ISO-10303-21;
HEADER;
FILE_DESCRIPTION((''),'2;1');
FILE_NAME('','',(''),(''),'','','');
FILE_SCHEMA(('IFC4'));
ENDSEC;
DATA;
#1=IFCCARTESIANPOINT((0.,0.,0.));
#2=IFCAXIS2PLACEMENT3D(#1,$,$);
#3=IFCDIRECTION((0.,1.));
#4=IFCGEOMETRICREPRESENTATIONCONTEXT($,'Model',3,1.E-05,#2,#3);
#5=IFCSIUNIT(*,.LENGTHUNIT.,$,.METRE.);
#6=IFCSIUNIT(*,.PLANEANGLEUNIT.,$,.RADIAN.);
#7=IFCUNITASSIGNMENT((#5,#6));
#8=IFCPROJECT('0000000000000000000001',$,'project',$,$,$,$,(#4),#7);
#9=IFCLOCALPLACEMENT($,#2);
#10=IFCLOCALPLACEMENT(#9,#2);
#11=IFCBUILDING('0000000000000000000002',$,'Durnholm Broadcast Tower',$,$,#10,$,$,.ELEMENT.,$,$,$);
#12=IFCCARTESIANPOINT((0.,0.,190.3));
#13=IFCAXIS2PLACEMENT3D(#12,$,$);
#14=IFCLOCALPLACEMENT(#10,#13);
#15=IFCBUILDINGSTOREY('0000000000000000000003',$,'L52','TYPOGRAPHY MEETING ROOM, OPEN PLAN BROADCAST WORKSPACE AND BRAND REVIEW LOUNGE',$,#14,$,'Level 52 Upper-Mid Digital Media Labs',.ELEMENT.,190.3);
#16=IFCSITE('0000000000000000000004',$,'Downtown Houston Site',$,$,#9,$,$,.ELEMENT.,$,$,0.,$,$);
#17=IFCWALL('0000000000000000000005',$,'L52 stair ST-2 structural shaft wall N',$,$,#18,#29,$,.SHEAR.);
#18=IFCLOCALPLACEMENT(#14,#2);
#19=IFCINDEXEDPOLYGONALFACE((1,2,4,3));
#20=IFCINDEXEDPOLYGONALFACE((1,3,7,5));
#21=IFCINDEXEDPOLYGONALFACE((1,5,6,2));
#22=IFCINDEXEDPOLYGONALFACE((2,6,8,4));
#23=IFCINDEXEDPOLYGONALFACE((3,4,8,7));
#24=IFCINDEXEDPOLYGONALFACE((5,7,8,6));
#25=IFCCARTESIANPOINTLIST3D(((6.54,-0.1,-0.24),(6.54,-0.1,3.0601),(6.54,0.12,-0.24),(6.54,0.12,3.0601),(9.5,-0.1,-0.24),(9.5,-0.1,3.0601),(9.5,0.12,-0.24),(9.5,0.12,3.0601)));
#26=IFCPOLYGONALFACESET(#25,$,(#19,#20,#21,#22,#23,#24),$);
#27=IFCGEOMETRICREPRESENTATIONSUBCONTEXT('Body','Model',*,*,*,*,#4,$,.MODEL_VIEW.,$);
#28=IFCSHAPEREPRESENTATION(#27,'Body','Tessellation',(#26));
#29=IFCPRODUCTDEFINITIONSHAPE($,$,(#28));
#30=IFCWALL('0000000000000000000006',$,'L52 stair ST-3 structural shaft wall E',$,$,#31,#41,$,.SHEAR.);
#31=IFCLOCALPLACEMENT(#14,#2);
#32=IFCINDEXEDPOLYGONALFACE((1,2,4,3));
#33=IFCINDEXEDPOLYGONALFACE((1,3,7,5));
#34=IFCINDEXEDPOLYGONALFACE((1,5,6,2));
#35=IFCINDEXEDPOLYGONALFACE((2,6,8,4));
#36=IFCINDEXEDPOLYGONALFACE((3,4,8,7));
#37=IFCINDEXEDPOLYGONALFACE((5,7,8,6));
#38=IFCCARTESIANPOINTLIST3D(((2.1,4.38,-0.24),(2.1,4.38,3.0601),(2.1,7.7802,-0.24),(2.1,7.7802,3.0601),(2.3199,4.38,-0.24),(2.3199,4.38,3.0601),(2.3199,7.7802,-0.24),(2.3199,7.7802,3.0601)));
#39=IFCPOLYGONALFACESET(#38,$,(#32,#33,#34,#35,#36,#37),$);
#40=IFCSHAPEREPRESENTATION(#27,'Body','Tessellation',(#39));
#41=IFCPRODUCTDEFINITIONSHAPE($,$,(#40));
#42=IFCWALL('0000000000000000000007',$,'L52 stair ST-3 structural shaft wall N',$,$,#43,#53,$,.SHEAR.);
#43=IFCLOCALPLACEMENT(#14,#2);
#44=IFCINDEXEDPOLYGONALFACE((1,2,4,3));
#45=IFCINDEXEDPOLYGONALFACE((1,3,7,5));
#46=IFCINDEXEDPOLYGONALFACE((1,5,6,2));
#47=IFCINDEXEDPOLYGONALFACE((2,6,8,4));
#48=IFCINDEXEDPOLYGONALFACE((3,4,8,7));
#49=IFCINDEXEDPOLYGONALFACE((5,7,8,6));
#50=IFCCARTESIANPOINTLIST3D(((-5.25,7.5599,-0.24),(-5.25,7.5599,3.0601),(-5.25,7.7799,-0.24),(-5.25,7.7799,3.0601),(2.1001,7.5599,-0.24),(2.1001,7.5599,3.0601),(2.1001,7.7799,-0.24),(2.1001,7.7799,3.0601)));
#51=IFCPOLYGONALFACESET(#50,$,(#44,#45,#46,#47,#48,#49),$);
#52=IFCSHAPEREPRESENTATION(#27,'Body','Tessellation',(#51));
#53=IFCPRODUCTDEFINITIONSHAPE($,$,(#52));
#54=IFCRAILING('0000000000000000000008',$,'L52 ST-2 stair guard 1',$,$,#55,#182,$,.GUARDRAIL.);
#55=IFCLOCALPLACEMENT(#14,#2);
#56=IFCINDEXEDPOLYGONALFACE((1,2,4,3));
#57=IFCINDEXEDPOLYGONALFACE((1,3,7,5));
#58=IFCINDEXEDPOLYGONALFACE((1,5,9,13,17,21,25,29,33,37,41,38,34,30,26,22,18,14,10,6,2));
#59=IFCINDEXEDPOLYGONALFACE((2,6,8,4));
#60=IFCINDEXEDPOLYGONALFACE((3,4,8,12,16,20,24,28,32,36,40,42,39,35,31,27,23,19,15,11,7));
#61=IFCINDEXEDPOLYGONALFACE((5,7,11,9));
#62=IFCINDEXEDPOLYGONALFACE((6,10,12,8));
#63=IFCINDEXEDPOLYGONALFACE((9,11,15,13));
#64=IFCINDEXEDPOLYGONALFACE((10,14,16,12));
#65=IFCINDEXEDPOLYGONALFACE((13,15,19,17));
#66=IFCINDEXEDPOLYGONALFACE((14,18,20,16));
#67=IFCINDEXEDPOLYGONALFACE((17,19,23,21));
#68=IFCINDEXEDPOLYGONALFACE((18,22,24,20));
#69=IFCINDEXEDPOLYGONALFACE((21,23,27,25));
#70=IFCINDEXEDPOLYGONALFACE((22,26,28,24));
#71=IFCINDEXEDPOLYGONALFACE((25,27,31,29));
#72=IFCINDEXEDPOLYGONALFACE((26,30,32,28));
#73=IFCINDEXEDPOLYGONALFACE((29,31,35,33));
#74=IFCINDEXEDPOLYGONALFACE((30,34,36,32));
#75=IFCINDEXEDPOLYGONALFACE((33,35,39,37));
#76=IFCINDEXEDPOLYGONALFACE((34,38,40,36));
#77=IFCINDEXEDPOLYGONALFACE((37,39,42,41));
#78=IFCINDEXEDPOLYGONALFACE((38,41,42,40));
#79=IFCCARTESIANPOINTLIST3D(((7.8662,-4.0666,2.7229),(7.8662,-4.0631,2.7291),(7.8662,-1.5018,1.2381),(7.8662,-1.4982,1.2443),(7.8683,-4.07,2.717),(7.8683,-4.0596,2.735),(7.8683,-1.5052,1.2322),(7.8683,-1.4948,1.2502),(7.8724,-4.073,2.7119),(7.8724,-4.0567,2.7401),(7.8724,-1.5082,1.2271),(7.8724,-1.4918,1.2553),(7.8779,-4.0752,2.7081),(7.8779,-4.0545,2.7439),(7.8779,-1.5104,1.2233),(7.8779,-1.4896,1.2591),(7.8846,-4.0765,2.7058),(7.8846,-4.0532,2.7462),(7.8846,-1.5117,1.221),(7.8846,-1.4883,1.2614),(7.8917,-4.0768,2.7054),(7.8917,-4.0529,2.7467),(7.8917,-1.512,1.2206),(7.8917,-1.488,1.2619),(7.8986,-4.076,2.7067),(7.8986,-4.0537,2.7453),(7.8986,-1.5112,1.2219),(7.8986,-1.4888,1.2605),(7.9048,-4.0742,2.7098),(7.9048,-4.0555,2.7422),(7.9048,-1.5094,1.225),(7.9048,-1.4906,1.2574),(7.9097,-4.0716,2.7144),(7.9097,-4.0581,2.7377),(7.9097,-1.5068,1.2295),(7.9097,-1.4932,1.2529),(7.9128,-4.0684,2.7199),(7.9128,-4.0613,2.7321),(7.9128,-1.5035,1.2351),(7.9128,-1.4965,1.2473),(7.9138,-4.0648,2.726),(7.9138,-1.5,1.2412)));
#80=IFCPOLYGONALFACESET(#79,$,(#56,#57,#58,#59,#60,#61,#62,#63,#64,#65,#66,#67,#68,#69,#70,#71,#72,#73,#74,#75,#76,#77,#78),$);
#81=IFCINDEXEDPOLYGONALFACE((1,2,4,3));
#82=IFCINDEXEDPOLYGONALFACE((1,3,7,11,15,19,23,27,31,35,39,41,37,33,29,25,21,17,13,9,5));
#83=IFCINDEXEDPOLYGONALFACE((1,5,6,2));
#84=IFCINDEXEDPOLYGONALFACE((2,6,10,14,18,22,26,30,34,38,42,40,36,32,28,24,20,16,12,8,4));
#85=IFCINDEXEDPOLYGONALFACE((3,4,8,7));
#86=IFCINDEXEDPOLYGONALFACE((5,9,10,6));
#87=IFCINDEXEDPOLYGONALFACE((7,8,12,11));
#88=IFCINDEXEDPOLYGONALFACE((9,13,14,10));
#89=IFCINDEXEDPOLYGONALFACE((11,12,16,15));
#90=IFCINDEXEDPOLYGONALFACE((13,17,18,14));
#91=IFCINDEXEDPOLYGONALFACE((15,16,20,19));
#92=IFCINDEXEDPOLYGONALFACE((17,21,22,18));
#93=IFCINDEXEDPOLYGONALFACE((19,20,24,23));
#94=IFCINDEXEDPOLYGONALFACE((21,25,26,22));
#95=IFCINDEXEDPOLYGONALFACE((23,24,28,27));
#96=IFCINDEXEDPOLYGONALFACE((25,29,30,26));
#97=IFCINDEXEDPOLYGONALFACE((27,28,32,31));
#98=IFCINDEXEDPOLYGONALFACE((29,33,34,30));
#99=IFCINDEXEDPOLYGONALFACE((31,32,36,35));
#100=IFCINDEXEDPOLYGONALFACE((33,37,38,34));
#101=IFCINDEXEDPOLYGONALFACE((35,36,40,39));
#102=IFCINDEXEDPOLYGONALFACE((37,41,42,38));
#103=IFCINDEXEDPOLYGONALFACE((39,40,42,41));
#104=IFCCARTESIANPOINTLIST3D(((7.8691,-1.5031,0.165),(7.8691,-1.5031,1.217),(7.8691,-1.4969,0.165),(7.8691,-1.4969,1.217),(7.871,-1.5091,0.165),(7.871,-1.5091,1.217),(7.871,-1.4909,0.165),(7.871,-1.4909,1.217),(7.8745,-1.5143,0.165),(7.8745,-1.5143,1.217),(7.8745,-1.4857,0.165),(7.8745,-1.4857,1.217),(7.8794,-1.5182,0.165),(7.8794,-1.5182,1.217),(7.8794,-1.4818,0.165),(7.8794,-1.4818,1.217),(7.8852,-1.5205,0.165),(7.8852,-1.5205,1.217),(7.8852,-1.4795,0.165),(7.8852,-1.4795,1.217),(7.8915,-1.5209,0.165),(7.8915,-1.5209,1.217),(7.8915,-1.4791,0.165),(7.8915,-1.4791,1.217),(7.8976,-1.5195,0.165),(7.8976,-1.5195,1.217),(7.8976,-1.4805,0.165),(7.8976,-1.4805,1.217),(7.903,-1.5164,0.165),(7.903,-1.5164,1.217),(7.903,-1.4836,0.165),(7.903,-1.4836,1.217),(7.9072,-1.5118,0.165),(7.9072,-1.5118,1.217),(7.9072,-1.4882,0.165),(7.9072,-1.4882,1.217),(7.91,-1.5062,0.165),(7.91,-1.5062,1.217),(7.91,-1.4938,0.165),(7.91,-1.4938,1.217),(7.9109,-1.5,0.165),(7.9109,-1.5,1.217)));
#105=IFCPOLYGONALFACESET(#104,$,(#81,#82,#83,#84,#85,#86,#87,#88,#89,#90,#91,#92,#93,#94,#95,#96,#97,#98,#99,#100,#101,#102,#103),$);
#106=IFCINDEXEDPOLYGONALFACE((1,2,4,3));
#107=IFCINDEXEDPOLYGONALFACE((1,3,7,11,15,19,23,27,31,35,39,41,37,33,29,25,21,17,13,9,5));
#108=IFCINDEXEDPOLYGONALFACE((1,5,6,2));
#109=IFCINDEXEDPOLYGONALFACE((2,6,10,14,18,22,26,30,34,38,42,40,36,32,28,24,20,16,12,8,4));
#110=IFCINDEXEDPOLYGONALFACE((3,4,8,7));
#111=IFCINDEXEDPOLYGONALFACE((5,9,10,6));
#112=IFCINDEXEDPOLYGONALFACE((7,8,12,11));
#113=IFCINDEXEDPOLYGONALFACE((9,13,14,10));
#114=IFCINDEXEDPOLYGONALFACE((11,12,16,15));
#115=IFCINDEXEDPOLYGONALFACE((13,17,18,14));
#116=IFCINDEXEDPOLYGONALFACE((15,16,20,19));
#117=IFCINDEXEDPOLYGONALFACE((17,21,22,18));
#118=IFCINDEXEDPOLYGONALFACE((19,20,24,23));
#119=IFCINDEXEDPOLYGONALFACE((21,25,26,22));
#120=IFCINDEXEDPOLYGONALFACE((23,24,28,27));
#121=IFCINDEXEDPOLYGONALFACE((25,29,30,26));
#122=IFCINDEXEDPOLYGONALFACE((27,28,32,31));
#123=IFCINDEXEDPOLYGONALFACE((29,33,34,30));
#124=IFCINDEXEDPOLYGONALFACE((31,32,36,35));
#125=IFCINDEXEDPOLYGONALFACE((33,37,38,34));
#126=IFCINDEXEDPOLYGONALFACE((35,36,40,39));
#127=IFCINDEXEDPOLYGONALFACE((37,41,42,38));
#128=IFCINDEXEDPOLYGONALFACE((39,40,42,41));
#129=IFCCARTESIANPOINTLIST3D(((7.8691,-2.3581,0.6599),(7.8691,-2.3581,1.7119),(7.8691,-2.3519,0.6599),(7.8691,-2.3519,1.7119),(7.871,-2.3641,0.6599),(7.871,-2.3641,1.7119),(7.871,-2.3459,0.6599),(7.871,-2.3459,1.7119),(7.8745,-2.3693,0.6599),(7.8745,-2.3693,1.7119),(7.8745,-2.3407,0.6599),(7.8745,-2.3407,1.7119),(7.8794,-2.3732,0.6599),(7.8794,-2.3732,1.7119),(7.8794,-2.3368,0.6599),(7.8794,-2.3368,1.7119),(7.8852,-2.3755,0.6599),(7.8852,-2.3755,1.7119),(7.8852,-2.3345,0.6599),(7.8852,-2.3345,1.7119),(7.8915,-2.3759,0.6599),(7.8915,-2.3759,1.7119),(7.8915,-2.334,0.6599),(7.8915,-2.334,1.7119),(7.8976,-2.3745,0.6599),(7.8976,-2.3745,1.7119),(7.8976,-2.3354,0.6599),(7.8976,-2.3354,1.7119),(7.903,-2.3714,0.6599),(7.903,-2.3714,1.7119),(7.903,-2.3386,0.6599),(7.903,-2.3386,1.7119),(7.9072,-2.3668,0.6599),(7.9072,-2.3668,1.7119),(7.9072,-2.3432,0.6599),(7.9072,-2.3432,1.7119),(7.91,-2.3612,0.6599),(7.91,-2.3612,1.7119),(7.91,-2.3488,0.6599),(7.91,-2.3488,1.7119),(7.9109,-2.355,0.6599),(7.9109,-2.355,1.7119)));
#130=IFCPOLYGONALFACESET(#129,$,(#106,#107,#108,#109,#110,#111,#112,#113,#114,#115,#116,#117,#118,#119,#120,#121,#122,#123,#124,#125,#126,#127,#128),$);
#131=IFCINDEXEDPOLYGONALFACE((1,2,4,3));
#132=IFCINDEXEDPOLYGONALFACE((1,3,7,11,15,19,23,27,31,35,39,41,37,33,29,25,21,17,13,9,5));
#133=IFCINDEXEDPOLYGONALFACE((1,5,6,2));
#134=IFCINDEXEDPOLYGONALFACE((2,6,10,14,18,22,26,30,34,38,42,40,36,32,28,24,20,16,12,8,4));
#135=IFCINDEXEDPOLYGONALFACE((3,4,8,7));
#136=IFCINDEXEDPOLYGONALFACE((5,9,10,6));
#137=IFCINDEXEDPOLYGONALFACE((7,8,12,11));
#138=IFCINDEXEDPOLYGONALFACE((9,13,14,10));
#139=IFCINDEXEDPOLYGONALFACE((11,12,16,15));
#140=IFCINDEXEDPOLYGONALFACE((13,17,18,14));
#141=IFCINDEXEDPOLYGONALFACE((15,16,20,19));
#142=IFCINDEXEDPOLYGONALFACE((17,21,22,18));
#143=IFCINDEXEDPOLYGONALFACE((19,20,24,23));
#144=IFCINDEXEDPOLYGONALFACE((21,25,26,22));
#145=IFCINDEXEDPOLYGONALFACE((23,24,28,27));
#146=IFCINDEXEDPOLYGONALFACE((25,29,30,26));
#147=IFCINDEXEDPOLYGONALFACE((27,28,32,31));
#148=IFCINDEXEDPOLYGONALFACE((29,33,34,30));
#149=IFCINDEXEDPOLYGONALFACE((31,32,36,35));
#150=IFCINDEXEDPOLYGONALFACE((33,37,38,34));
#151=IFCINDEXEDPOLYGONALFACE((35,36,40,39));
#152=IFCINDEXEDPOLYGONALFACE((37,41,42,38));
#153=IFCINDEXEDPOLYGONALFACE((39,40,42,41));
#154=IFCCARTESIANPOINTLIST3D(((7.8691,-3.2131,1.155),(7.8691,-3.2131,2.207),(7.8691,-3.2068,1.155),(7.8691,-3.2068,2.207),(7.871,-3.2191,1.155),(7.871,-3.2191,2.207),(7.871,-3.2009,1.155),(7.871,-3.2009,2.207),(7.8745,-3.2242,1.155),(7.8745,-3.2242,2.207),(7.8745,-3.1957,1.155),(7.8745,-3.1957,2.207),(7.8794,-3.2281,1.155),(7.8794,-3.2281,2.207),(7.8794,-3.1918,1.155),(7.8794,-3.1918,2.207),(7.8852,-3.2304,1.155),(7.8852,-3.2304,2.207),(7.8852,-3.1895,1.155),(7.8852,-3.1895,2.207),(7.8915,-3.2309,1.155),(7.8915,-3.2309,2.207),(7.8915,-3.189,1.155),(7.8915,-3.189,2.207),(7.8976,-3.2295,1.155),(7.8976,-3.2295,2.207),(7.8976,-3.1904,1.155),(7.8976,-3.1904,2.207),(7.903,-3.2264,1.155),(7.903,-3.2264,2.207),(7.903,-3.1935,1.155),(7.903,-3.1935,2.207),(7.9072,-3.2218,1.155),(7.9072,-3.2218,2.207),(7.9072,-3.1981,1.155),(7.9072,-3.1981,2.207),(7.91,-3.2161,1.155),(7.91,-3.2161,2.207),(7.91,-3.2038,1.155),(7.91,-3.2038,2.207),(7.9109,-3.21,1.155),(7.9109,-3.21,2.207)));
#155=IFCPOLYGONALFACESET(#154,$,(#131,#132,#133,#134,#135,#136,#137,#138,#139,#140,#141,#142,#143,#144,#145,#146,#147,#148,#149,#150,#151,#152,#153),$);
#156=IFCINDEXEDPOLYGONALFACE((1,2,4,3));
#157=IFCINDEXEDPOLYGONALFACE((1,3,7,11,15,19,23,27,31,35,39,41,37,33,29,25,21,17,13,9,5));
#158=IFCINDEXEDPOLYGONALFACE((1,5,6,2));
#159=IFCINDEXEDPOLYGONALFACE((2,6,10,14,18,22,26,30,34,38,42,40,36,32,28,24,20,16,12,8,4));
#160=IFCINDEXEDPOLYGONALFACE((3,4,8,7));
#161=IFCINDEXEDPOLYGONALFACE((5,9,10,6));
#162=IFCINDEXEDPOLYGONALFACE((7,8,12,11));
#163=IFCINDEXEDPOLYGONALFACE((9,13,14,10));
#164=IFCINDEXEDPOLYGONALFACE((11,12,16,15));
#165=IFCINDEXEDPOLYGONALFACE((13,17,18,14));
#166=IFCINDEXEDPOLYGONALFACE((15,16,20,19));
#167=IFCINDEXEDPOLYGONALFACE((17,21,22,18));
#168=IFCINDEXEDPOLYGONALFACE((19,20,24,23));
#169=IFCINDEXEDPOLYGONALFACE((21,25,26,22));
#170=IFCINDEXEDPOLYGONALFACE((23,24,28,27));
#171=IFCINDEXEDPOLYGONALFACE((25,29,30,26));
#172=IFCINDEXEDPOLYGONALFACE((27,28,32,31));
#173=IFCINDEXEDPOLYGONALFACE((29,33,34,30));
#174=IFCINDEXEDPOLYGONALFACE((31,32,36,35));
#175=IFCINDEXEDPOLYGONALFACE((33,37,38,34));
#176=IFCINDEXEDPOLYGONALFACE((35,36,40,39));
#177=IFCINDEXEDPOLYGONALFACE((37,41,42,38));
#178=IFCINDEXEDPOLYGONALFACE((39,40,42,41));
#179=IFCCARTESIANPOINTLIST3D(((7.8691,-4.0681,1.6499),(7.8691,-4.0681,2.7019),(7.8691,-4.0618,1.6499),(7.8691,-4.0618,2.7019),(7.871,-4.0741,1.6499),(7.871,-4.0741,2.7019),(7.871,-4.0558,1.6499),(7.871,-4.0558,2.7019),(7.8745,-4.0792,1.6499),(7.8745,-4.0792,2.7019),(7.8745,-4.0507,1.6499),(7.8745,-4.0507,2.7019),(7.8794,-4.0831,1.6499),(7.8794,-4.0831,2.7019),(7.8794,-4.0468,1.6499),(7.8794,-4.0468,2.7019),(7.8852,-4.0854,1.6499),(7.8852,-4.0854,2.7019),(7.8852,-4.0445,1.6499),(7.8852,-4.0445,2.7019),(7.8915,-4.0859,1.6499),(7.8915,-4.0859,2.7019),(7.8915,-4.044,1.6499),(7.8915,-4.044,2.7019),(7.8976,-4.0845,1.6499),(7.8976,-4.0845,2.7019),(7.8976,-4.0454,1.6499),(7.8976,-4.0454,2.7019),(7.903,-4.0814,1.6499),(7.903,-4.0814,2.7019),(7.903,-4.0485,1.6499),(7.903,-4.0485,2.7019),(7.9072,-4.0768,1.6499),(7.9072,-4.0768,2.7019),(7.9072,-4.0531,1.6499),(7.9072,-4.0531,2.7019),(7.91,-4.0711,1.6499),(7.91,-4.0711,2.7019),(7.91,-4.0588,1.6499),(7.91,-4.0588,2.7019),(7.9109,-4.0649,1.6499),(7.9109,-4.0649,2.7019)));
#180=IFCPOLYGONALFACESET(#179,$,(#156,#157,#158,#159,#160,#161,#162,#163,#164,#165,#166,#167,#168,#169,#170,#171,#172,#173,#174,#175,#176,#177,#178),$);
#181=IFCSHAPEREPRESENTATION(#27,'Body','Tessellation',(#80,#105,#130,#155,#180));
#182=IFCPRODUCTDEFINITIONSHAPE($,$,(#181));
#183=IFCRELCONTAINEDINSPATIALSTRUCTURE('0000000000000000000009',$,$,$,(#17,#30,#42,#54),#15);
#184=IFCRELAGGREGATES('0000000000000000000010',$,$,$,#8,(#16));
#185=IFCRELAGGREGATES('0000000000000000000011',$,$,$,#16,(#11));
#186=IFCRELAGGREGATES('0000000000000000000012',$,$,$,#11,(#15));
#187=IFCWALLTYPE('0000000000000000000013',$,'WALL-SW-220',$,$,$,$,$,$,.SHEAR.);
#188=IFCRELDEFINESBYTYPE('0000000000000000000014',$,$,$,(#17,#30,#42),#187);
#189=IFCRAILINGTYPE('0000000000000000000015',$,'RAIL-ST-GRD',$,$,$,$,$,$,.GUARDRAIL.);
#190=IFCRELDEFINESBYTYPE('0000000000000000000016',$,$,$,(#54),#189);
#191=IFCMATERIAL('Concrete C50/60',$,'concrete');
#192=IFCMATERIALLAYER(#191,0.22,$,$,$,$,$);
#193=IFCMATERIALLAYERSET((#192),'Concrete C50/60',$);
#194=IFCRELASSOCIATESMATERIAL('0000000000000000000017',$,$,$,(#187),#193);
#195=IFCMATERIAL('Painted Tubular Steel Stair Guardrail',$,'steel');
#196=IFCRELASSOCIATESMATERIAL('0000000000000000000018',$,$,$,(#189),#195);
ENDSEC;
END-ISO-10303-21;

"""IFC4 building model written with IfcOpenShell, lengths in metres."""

from ifc_helpers import new_model, si_unit, direction, frame, frame_2d, origin, origin_2d, place, context, subcontext, project, spatial, rectangle, circle, extrude, material, layer, layer_set, type_object, element, save


model = new_model("IFC4")

# Units and contexts
model_context = context("Model", 3, precision=1e-05, world=origin(), true_north=direction((0.0, 1.0)))
body_context = subcontext(model_context, "Body", "Model", "MODEL_VIEW")
ifc_project = project(units=[si_unit("LENGTHUNIT", "METRE"), si_unit("PLANEANGLEUNIT", "RADIAN")], contexts=[model_context])

# Site, building, storey
site_placement = place(None, origin())
site = spatial("IfcSite", under=ifc_project, at=site_placement, Name="Downtown Houston Site", CompositionType="ELEMENT", RefElevation=0.0)
building_placement = place(site_placement, origin())
building = spatial("IfcBuilding", under=site, at=building_placement, Name="Durnholm Broadcast Tower", CompositionType="ELEMENT")
storey_placement = place(building_placement, frame((0.0, 0.0, 190.3)))
storey = spatial("IfcBuildingStorey", under=building, at=storey_placement, Name="L52", Description="TYPOGRAPHY MEETING ROOM, OPEN PLAN BROADCAST WORKSPACE AND BRAND REVIEW LOUNGE", LongName="Level 52 Upper-Mid Digital Media Labs", CompositionType="ELEMENT", Elevation=190.3)

# Shared definitions
ifc_material_1 = material(Name="Concrete C50/60", Category="concrete")
ifc_layer_1 = layer(ifc_material_1, 0.22)
ifc_layer_set_1 = layer_set([ifc_layer_1], Name="Concrete C50/60")
wall_type_1 = type_object("IfcWallType", Name="WALL-SW-220", PredefinedType="SHEAR", material=ifc_layer_set_1)

# Walls
wall_1_placement = place(storey_placement, frame((9.5, 0.01, -0.24), z_axis=(0.0, 0.0, 1.0), x_axis=(-1.0, 0.0, 0.0)))
element("IfcWall", 1, at=wall_1_placement, inside=storey, type_object=wall_type_1, Name="L52 stair ST-2 structural shaft wall N", PredefinedType="SHEAR", context=body_context, shape_type="SweptSolid", body=[
    extrude(rectangle(XDim=2.96, YDim=0.22, at=frame_2d((1.48, 0.0))), origin(), (0.0, 0.0, 1.0), 3.3),
])
wall_2_placement = place(storey_placement, frame((2.21, 4.3799, -0.24), z_axis=(0.0, 0.0, 1.0), x_axis=(0.0, 1.0, 0.0)))
element("IfcWall", 2, at=wall_2_placement, inside=storey, type_object=wall_type_1, Name="L52 stair ST-3 structural shaft wall E", PredefinedType="SHEAR", context=body_context, shape_type="SweptSolid", body=[
    extrude(rectangle(XDim=3.4001, YDim=0.22, at=frame_2d((1.7002, 0.0))), origin(), (0.0, 0.0, 1.0), 3.3),
])
wall_3_placement = place(storey_placement, frame((2.1001, 7.6699, -0.24), z_axis=(0.0, 0.0, 1.0), x_axis=(-1.0, 0.0, 0.0)))
element("IfcWall", 3, at=wall_3_placement, inside=storey, type_object=wall_type_1, Name="L52 stair ST-3 structural shaft wall N", PredefinedType="SHEAR", context=body_context, shape_type="SweptSolid", body=[
    extrude(rectangle(XDim=7.3501, YDim=0.22, at=frame_2d((3.675, 0.0))), origin(), (0.0, 0.0, 1.0), 3.3),
])

# Railing
ifc_material_2 = material(Name="Painted Tubular Steel Stair Guardrail", Category="steel")
railing_type_1 = type_object("IfcRailingType", Name="RAIL-ST-GRD", PredefinedType="GUARDRAIL", material=ifc_material_2)
railing_1_placement = place(storey_placement, frame((7.8899, -1.5, 0.165)))
element("IfcRailing", 4, at=railing_1_placement, inside=storey, type_object=railing_type_1, Name="L52 ST-2 stair guard 1", PredefinedType="GUARDRAIL", context=body_context, shape_type="SweptSolid", body=[
    extrude(circle(Radius=0.0239, at=origin_2d()), frame((0.0, 0.0, 1.0762), z_axis=(0.0, -0.865441, 0.50101), x_axis=(1.0, 0.0, 0.0)), (0.0, 0.0, 1.0), 2.9636),
    extrude(circle(Radius=0.021, at=origin_2d()), origin(), (0.0, 0.0, 1.0), 1.052),
    extrude(circle(Radius=0.021, at=origin_2d()), frame((0.0, -0.855, 0.4949)), (0.0, 0.0, 1.0), 1.052),
    extrude(circle(Radius=0.021, at=origin_2d()), frame((0.0, -1.71, 0.99)), (0.0, 0.0, 1.0), 1.052),
    extrude(circle(Radius=0.021, at=origin_2d()), frame((0.0, -2.5649, 1.4849)), (0.0, 0.0, 1.0), 1.052),
])

save(model, "model.ifc")
